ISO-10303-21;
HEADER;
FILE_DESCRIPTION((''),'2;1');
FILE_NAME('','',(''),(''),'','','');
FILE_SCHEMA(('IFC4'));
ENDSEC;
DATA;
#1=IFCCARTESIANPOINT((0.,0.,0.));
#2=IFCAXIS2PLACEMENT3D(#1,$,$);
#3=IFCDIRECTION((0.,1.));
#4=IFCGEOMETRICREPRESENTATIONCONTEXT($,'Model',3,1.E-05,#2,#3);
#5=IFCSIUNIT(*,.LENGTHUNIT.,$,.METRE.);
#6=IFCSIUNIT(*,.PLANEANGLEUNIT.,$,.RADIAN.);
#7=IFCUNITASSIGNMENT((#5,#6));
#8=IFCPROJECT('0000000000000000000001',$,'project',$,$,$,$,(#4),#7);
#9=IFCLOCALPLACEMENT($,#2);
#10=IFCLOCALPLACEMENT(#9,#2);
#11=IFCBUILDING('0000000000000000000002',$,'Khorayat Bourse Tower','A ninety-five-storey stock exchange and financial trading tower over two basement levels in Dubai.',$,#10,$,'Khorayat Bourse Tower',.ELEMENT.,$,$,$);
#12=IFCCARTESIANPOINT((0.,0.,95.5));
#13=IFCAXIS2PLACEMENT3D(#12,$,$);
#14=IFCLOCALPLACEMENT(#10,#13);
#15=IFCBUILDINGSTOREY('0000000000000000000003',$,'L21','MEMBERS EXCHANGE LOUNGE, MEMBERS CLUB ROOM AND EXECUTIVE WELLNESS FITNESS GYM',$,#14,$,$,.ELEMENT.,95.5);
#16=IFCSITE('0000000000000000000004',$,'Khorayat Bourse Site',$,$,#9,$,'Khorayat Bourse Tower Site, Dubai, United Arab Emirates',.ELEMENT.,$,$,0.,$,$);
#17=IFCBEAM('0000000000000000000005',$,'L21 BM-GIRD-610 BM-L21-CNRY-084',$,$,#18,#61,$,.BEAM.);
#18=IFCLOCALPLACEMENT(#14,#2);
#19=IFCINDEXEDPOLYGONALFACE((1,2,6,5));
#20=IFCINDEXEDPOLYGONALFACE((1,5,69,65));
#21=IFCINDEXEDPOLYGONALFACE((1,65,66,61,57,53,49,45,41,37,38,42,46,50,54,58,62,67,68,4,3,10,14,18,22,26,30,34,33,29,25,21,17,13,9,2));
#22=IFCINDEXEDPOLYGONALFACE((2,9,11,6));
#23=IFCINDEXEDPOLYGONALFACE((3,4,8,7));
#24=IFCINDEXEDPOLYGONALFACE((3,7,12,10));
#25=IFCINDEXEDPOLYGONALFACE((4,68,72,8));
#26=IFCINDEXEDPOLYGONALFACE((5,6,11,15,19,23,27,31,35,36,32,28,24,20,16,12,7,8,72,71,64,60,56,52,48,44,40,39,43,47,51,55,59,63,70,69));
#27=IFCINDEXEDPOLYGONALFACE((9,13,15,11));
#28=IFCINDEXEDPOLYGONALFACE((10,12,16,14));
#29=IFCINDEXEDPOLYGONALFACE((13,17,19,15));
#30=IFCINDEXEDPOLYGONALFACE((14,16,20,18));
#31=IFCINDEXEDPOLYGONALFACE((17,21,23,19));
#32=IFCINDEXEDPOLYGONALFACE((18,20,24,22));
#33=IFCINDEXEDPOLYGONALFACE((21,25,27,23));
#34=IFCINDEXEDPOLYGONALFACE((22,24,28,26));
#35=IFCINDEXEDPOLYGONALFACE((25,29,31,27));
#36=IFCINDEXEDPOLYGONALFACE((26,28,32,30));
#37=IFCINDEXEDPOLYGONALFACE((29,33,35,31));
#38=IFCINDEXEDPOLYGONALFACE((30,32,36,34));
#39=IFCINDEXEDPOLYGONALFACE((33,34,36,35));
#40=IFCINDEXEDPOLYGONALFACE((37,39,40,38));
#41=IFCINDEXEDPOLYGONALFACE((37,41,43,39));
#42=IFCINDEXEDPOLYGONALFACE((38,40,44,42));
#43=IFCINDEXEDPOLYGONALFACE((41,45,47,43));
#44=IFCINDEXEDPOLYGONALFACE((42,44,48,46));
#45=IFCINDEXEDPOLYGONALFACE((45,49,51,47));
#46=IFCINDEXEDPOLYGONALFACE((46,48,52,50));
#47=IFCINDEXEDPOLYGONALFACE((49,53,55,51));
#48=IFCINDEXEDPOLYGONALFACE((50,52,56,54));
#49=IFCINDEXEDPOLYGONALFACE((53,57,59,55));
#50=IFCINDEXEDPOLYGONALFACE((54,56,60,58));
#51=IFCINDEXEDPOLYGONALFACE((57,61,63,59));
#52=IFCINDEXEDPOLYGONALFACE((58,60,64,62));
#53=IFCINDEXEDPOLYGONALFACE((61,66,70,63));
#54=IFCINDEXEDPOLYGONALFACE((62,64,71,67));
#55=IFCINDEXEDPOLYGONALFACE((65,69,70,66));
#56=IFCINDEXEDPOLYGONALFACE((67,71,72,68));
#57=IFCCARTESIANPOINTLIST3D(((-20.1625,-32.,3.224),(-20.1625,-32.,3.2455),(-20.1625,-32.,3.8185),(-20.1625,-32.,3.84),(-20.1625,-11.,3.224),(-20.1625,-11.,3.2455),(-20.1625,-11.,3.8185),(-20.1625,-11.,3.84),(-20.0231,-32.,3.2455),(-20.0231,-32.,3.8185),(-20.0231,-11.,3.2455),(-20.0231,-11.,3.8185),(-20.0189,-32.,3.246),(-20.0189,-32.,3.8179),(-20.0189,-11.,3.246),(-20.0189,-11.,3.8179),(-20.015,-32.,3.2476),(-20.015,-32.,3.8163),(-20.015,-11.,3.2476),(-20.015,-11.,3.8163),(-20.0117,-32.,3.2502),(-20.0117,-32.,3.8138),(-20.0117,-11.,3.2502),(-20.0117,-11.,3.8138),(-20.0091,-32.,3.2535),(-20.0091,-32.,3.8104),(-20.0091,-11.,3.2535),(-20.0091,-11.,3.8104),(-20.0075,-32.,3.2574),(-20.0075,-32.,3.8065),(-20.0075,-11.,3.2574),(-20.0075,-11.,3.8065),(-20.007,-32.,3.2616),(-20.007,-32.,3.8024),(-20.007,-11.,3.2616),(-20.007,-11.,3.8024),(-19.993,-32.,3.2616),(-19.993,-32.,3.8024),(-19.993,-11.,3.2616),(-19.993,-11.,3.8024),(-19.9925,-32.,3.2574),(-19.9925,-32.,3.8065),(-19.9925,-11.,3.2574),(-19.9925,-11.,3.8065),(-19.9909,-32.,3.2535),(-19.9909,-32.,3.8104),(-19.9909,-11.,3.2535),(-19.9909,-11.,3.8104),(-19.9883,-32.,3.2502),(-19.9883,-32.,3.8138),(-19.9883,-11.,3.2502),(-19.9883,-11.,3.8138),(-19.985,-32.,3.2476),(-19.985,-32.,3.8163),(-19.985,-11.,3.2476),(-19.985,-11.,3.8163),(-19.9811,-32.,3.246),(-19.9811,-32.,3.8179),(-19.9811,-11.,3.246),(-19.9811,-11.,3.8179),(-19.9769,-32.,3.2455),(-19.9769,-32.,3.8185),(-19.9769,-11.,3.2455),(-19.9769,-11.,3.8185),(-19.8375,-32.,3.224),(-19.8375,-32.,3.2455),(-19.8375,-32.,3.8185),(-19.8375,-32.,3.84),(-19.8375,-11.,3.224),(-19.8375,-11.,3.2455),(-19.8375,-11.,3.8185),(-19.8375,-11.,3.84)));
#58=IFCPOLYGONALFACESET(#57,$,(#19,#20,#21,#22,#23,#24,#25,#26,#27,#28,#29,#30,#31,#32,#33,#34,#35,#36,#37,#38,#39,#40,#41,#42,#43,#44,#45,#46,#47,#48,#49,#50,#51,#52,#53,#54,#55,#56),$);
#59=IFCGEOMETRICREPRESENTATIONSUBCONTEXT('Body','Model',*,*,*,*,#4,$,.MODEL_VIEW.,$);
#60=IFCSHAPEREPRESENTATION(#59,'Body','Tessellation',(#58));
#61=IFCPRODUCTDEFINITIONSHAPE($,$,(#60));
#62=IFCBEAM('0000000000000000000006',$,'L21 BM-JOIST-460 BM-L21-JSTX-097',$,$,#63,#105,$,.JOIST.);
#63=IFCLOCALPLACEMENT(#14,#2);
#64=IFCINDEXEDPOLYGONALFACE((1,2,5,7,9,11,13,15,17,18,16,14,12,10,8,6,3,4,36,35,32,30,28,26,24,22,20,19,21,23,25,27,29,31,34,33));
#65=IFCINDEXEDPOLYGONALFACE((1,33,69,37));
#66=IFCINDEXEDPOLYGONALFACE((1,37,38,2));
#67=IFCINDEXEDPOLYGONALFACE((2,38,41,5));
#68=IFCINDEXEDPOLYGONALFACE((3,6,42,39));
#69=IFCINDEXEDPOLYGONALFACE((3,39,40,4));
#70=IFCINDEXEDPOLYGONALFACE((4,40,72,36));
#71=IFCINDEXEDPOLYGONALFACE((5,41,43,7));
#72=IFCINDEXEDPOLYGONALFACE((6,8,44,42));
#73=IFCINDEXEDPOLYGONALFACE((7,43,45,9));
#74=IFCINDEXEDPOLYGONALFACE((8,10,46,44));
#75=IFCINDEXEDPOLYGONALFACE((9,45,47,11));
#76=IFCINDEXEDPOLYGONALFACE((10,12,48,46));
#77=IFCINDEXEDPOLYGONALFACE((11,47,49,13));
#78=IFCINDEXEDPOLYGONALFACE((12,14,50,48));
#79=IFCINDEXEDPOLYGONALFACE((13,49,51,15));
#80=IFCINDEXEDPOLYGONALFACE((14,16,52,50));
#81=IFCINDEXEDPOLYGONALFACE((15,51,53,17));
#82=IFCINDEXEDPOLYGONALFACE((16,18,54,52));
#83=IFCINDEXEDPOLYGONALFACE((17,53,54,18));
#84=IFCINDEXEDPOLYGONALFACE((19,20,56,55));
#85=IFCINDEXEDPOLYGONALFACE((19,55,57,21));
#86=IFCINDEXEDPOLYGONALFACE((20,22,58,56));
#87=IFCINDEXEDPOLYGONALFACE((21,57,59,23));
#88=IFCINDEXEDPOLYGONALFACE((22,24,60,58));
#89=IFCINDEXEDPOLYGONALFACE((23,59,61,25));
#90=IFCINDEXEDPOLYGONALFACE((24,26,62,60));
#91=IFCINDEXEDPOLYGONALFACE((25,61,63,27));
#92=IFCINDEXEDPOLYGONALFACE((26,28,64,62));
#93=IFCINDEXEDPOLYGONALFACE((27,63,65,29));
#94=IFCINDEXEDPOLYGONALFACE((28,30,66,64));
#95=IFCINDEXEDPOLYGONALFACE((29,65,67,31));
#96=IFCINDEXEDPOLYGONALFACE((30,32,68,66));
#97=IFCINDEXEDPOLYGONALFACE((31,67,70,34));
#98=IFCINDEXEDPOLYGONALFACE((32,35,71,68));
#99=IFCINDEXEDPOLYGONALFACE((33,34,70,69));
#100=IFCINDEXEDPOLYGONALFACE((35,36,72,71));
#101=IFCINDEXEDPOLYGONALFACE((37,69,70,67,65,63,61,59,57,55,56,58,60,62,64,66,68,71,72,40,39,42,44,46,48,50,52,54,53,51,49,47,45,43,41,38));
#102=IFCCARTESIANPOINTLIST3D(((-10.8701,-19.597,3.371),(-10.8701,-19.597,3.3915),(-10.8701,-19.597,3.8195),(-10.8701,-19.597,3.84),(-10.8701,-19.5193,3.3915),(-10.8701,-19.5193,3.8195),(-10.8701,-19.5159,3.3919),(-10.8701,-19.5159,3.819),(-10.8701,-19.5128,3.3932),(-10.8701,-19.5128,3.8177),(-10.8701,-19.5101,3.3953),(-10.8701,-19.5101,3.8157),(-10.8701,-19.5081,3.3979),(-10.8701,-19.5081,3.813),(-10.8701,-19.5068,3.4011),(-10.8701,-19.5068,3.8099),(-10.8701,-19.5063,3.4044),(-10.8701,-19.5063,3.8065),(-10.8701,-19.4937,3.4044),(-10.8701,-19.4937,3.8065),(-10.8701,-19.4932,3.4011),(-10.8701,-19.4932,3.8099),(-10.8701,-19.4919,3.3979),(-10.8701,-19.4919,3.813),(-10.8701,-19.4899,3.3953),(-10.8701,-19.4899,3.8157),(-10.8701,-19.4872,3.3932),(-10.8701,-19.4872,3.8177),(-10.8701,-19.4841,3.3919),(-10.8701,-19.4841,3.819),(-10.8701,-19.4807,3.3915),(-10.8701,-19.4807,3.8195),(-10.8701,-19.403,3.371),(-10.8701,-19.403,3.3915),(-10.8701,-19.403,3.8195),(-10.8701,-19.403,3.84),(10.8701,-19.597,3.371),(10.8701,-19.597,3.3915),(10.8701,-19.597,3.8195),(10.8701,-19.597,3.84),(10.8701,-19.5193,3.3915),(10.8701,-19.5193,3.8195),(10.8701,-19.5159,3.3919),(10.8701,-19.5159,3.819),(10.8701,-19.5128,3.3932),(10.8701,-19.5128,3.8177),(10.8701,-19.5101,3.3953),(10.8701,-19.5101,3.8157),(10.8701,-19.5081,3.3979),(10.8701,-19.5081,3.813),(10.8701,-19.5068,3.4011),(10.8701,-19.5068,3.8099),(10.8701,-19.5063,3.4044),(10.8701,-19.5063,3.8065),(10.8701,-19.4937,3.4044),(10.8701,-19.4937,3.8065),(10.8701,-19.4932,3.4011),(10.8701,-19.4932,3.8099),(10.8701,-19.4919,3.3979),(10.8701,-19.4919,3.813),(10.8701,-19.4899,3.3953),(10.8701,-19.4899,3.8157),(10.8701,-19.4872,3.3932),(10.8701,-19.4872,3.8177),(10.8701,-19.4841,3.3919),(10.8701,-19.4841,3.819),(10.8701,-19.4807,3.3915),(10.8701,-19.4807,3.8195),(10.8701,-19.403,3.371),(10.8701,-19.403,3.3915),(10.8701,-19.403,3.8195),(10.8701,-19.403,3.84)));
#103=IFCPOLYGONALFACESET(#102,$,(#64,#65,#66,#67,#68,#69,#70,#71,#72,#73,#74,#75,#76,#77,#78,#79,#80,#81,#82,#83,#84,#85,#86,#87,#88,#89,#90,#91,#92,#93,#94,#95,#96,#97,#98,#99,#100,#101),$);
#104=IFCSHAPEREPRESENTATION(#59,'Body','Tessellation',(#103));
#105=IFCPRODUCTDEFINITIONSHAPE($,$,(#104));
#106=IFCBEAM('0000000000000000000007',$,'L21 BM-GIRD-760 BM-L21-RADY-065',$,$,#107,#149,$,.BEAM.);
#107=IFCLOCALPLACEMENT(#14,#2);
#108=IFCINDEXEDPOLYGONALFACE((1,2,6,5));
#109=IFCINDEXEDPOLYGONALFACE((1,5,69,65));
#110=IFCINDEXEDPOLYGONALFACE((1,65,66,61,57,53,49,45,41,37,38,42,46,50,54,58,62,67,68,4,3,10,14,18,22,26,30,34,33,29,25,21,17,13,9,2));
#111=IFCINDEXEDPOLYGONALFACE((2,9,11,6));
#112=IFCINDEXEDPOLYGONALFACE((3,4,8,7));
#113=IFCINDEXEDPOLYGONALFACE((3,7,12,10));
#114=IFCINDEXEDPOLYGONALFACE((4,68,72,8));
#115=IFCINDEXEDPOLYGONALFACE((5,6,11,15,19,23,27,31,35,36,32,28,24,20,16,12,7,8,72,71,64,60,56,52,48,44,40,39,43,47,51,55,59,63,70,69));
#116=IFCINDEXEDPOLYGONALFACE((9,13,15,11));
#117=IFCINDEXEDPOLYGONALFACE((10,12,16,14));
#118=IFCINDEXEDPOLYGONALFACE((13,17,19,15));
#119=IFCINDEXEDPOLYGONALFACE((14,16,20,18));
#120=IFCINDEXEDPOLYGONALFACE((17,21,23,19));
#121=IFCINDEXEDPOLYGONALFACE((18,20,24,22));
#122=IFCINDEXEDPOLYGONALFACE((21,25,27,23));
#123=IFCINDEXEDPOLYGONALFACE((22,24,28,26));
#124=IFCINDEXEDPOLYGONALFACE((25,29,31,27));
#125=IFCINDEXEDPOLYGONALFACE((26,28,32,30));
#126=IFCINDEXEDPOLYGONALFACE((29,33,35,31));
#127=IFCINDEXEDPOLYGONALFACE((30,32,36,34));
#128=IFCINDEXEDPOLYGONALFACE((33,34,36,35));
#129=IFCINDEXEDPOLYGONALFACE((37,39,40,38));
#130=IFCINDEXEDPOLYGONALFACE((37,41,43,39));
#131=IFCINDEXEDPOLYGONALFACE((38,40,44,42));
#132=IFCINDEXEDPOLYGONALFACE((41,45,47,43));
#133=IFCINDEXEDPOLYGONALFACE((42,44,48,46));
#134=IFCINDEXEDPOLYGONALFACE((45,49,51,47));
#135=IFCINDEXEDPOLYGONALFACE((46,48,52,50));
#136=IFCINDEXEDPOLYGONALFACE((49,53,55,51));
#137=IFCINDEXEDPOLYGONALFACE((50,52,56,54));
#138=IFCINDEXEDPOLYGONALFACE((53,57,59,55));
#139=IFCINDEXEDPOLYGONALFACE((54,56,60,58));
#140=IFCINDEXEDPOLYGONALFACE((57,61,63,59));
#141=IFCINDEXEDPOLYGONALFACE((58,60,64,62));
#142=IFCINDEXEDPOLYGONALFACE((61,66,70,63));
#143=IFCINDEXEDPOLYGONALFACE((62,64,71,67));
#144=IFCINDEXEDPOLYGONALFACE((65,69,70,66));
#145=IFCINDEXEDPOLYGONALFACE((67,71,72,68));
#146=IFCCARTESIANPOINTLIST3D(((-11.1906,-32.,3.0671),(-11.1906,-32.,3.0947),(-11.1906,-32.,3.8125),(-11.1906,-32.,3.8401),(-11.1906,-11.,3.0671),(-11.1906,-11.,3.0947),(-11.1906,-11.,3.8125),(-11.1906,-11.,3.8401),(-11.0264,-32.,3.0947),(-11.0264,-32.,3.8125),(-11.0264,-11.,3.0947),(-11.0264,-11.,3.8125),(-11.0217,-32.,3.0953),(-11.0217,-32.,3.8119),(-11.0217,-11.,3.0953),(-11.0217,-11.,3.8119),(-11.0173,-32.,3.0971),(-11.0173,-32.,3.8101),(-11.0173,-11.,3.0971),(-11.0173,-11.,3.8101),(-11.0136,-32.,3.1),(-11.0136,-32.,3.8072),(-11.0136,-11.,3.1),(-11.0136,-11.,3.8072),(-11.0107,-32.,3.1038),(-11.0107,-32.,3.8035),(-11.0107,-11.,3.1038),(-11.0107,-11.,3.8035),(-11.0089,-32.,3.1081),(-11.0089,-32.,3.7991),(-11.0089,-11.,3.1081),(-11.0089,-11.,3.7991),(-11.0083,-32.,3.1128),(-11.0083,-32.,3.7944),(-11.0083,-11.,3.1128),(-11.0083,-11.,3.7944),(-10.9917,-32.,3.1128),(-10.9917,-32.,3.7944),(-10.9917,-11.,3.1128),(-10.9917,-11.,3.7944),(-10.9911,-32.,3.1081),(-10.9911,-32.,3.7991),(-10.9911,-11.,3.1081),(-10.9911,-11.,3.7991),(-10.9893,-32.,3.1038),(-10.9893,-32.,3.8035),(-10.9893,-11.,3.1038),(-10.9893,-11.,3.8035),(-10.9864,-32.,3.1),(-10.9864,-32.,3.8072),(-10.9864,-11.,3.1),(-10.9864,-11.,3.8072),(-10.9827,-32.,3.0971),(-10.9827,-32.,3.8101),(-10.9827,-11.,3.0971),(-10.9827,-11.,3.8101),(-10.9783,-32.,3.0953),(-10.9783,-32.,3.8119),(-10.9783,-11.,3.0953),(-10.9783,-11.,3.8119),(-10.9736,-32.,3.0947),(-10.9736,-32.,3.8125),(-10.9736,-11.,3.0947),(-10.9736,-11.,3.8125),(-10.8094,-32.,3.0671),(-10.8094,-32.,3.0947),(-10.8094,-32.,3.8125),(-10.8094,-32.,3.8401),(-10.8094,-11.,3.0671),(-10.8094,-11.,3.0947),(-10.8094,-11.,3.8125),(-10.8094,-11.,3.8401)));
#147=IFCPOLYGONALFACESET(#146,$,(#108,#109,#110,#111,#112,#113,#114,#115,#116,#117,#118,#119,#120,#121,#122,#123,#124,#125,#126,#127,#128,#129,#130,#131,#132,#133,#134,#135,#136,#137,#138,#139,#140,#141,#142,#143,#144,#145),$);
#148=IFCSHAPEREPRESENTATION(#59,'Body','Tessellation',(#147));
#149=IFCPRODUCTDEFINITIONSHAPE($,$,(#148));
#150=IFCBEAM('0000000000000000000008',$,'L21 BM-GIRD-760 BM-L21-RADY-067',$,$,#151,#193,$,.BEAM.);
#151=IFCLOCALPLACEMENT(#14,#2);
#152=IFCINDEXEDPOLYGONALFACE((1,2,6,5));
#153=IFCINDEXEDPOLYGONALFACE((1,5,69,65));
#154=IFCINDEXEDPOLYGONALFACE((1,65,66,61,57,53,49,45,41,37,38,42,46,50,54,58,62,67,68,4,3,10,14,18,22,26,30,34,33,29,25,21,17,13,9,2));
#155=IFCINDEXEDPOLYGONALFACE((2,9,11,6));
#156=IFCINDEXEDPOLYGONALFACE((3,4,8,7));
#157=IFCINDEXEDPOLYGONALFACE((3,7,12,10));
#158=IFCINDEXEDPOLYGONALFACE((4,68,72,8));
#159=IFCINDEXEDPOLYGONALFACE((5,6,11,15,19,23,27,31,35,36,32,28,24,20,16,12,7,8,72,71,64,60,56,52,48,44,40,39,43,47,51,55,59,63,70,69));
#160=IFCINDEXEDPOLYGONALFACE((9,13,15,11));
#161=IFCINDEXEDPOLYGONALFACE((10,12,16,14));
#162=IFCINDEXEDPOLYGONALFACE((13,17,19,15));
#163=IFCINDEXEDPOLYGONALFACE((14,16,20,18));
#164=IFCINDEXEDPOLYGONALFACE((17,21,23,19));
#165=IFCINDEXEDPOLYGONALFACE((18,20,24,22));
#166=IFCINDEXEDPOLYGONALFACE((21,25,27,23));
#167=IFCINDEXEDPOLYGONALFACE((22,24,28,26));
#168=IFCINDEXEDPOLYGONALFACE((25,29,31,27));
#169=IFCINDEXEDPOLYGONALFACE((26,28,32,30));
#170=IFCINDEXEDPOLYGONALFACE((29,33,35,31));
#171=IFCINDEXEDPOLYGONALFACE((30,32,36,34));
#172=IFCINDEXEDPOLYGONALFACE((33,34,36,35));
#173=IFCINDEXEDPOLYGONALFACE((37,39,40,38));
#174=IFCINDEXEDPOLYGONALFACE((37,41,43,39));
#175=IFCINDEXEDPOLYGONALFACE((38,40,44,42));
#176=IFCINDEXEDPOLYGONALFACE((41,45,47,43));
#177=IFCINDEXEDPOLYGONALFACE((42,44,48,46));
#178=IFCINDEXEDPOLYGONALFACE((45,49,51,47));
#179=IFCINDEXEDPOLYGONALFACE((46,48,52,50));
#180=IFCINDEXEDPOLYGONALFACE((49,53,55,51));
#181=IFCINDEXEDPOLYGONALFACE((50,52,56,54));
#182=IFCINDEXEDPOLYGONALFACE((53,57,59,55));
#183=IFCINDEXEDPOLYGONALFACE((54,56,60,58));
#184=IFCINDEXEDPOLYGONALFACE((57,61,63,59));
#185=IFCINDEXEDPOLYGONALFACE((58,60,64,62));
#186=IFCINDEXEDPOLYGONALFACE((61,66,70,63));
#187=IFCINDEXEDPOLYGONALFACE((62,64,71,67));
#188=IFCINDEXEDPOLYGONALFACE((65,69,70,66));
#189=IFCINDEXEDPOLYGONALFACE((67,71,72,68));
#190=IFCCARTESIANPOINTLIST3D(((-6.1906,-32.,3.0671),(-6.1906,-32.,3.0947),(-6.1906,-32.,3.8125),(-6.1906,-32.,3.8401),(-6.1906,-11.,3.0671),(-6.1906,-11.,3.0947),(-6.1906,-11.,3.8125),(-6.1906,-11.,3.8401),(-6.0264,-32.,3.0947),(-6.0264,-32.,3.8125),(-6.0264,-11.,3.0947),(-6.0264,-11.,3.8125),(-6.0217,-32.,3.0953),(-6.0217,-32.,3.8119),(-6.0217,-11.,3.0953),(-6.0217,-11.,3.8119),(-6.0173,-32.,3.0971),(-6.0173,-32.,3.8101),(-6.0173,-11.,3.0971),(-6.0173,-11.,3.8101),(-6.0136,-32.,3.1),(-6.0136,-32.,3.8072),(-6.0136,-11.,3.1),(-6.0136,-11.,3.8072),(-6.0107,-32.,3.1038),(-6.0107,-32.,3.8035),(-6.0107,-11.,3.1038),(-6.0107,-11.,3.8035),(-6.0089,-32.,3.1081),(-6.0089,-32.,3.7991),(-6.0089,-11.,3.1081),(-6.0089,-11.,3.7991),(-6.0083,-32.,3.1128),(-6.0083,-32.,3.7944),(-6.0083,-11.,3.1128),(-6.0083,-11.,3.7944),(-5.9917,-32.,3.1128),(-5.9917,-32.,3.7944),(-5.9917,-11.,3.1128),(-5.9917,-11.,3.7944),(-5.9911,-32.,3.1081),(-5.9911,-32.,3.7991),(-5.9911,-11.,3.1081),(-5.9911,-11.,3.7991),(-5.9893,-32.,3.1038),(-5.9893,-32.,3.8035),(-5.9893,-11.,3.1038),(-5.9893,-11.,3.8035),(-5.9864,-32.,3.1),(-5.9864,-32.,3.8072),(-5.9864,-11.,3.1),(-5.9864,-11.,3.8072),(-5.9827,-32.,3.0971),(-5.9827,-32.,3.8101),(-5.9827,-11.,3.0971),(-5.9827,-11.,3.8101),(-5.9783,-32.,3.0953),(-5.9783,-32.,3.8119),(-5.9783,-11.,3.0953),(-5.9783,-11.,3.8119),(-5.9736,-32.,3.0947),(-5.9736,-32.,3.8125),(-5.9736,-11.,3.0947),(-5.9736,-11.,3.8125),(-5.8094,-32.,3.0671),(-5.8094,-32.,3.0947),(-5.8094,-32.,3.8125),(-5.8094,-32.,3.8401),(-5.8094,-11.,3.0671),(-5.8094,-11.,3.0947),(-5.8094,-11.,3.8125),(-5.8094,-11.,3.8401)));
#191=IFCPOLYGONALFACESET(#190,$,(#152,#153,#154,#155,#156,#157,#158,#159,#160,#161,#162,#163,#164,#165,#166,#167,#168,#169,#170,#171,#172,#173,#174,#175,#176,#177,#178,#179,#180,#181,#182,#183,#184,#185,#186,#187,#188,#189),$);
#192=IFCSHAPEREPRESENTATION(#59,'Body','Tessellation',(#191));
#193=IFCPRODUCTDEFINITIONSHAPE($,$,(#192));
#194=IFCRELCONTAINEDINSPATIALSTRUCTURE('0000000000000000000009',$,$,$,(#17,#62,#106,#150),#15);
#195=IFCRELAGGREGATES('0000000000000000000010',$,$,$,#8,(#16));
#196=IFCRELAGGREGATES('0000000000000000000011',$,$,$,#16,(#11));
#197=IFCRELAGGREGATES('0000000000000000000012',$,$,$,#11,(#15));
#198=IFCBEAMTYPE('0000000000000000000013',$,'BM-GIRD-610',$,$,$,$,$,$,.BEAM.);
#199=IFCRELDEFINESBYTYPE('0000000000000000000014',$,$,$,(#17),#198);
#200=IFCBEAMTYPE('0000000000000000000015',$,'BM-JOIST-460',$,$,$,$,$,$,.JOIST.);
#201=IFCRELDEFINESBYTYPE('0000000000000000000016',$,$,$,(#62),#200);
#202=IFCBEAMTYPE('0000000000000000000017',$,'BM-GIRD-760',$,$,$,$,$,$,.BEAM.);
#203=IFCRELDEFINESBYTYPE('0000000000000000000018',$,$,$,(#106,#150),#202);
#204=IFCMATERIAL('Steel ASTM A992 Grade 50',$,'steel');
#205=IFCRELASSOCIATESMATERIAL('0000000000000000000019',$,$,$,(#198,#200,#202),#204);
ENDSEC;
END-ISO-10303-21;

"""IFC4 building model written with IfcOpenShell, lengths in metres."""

from ifc_helpers import new_model, si_unit, direction, frame, origin, origin_2d, place, context, subcontext, project, spatial, i_section, extrude, source, transform, mapped, material, material_profile, profile_set, type_object, element, save


model = new_model("IFC4")

# Units and contexts
model_context = context("Model", 3, precision=1e-05, world=origin(), true_north=direction((0.0, 1.0)))
body_context = subcontext(model_context, "Body", "Model", "MODEL_VIEW")
ifc_project = project(units=[si_unit("LENGTHUNIT", "METRE"), si_unit("PLANEANGLEUNIT", "RADIAN")], contexts=[model_context])

# Site, building, storey
site_placement = place(None, origin())
site = spatial("IfcSite", under=ifc_project, at=site_placement, Name="Khorayat Bourse Site", LongName="Khorayat Bourse Tower Site, Dubai, United Arab Emirates", CompositionType="ELEMENT", RefElevation=0.0)
building_placement = place(site_placement, origin())
building = spatial("IfcBuilding", under=site, at=building_placement, Name="Khorayat Bourse Tower", Description="A ninety-five-storey stock exchange and financial trading tower over two basement levels in Dubai.", LongName="Khorayat Bourse Tower", CompositionType="ELEMENT")
storey_placement = place(building_placement, frame((0.0, 0.0, 95.5)))
storey = spatial("IfcBuildingStorey", under=building, at=storey_placement, Name="L21", Description="MEMBERS EXCHANGE LOUNGE, MEMBERS CLUB ROOM AND EXECUTIVE WELLNESS FITNESS GYM", CompositionType="ELEMENT", Elevation=95.5)

# Beams
ifc_material_1 = material(Name="Steel ASTM A992 Grade 50", Category="steel")
ifc_material_profile_1 = material_profile(ifc_material_1, i_section(OverallWidth=0.325, OverallDepth=0.616, WebThickness=0.0139, FlangeThickness=0.0215, FilletRadius=0.0161, at=origin_2d()), Name="W610X174")
ifc_profile_set_1 = profile_set([ifc_material_profile_1], Name="Steel ASTM A992 Grade 50")
beam_type_1 = type_object("IfcBeamType", Name="BM-GIRD-610", PredefinedType="BEAM", material=ifc_profile_set_1)
shared_shape_1 = source(origin(), body_context, "Body", "SweptSolid", [
    extrude(i_section(OverallWidth=0.325, OverallDepth=0.616, WebThickness=0.0139, FlangeThickness=0.0215, FilletRadius=0.0161, at=origin_2d()), origin(), (0.0, 0.0, 1.0), 21.0),
])
beam_1_placement = place(storey_placement, frame((-20.0, -32.0, 3.532), z_axis=(0.0, 1.0, 0.0), x_axis=(-1.0, 0.0, 0.0)))
element("IfcBeam", 1, at=beam_1_placement, inside=storey, type_object=beam_type_1, Name="L21 BM-GIRD-610 BM-L21-CNRY-084", PredefinedType="BEAM", context=body_context, shape_type="MappedRepresentation", body=[
    mapped(shared_shape_1, transform((0.0, 0.0, 0.0), scale=1.0)),
])
ifc_material_profile_2 = material_profile(ifc_material_1, i_section(OverallWidth=0.1941, OverallDepth=0.469, WebThickness=0.0127, FlangeThickness=0.0205, FilletRadius=0.0129, at=origin_2d()), Name="W460X106")
ifc_profile_set_2 = profile_set([ifc_material_profile_2], Name="Steel ASTM A992 Grade 50")
beam_type_2 = type_object("IfcBeamType", Name="BM-JOIST-460", PredefinedType="JOIST", material=ifc_profile_set_2)
shared_shape_2 = source(origin(), body_context, "Body", "SweptSolid", [
    extrude(i_section(OverallWidth=0.1941, OverallDepth=0.469, WebThickness=0.0127, FlangeThickness=0.0205, FilletRadius=0.0129, at=origin_2d()), origin(), (0.0, 0.0, 1.0), 21.7402),
])
beam_2_placement = place(storey_placement, frame((-10.8701, -19.5, 3.6055), z_axis=(1.0, 0.0, 0.0), x_axis=(0.0, 1.0, 0.0)))
element("IfcBeam", 2, at=beam_2_placement, inside=storey, type_object=beam_type_2, Name="L21 BM-JOIST-460 BM-L21-JSTX-097", PredefinedType="JOIST", context=body_context, shape_type="MappedRepresentation", body=[
    mapped(shared_shape_2, transform((0.0, 0.0, 0.0), scale=1.0)),
])
ifc_material_profile_3 = material_profile(ifc_material_1, i_section(OverallWidth=0.3811, OverallDepth=0.7729, WebThickness=0.0166, FlangeThickness=0.0276, FilletRadius=0.0181, at=origin_2d()), Name="W760X257")
ifc_profile_set_3 = profile_set([ifc_material_profile_3], Name="Steel ASTM A992 Grade 50")
beam_type_3 = type_object("IfcBeamType", Name="BM-GIRD-760", PredefinedType="BEAM", material=ifc_profile_set_3)
shared_shape_3 = source(origin(), body_context, "Body", "SweptSolid", [
    extrude(i_section(OverallWidth=0.3811, OverallDepth=0.7729, WebThickness=0.0166, FlangeThickness=0.0276, FilletRadius=0.0181, at=origin_2d()), origin(), (0.0, 0.0, 1.0), 21.0),
])
for number, where, z_axis, x_axis, name in (
    (3, (-11.0, -32.0, 3.4536), (0.0, 1.0, 0.0), (-1.0, 0.0, 0.0), "L21 BM-GIRD-760 BM-L21-RADY-065"),
    (4, (-6.0, -32.0, 3.4536), (0.0, 1.0, 0.0), (-1.0, 0.0, 0.0), "L21 BM-GIRD-760 BM-L21-RADY-067"),
):
    element("IfcBeam", number, at=place(storey_placement, frame(where, z_axis=z_axis, x_axis=x_axis)), inside=storey, type_object=beam_type_3, Name=name, PredefinedType="BEAM", context=body_context, shape_type="MappedRepresentation", body=[
        mapped(shared_shape_3, transform((0.0, 0.0, 0.0), scale=1.0)),
    ])

save(model, "model.ifc")
